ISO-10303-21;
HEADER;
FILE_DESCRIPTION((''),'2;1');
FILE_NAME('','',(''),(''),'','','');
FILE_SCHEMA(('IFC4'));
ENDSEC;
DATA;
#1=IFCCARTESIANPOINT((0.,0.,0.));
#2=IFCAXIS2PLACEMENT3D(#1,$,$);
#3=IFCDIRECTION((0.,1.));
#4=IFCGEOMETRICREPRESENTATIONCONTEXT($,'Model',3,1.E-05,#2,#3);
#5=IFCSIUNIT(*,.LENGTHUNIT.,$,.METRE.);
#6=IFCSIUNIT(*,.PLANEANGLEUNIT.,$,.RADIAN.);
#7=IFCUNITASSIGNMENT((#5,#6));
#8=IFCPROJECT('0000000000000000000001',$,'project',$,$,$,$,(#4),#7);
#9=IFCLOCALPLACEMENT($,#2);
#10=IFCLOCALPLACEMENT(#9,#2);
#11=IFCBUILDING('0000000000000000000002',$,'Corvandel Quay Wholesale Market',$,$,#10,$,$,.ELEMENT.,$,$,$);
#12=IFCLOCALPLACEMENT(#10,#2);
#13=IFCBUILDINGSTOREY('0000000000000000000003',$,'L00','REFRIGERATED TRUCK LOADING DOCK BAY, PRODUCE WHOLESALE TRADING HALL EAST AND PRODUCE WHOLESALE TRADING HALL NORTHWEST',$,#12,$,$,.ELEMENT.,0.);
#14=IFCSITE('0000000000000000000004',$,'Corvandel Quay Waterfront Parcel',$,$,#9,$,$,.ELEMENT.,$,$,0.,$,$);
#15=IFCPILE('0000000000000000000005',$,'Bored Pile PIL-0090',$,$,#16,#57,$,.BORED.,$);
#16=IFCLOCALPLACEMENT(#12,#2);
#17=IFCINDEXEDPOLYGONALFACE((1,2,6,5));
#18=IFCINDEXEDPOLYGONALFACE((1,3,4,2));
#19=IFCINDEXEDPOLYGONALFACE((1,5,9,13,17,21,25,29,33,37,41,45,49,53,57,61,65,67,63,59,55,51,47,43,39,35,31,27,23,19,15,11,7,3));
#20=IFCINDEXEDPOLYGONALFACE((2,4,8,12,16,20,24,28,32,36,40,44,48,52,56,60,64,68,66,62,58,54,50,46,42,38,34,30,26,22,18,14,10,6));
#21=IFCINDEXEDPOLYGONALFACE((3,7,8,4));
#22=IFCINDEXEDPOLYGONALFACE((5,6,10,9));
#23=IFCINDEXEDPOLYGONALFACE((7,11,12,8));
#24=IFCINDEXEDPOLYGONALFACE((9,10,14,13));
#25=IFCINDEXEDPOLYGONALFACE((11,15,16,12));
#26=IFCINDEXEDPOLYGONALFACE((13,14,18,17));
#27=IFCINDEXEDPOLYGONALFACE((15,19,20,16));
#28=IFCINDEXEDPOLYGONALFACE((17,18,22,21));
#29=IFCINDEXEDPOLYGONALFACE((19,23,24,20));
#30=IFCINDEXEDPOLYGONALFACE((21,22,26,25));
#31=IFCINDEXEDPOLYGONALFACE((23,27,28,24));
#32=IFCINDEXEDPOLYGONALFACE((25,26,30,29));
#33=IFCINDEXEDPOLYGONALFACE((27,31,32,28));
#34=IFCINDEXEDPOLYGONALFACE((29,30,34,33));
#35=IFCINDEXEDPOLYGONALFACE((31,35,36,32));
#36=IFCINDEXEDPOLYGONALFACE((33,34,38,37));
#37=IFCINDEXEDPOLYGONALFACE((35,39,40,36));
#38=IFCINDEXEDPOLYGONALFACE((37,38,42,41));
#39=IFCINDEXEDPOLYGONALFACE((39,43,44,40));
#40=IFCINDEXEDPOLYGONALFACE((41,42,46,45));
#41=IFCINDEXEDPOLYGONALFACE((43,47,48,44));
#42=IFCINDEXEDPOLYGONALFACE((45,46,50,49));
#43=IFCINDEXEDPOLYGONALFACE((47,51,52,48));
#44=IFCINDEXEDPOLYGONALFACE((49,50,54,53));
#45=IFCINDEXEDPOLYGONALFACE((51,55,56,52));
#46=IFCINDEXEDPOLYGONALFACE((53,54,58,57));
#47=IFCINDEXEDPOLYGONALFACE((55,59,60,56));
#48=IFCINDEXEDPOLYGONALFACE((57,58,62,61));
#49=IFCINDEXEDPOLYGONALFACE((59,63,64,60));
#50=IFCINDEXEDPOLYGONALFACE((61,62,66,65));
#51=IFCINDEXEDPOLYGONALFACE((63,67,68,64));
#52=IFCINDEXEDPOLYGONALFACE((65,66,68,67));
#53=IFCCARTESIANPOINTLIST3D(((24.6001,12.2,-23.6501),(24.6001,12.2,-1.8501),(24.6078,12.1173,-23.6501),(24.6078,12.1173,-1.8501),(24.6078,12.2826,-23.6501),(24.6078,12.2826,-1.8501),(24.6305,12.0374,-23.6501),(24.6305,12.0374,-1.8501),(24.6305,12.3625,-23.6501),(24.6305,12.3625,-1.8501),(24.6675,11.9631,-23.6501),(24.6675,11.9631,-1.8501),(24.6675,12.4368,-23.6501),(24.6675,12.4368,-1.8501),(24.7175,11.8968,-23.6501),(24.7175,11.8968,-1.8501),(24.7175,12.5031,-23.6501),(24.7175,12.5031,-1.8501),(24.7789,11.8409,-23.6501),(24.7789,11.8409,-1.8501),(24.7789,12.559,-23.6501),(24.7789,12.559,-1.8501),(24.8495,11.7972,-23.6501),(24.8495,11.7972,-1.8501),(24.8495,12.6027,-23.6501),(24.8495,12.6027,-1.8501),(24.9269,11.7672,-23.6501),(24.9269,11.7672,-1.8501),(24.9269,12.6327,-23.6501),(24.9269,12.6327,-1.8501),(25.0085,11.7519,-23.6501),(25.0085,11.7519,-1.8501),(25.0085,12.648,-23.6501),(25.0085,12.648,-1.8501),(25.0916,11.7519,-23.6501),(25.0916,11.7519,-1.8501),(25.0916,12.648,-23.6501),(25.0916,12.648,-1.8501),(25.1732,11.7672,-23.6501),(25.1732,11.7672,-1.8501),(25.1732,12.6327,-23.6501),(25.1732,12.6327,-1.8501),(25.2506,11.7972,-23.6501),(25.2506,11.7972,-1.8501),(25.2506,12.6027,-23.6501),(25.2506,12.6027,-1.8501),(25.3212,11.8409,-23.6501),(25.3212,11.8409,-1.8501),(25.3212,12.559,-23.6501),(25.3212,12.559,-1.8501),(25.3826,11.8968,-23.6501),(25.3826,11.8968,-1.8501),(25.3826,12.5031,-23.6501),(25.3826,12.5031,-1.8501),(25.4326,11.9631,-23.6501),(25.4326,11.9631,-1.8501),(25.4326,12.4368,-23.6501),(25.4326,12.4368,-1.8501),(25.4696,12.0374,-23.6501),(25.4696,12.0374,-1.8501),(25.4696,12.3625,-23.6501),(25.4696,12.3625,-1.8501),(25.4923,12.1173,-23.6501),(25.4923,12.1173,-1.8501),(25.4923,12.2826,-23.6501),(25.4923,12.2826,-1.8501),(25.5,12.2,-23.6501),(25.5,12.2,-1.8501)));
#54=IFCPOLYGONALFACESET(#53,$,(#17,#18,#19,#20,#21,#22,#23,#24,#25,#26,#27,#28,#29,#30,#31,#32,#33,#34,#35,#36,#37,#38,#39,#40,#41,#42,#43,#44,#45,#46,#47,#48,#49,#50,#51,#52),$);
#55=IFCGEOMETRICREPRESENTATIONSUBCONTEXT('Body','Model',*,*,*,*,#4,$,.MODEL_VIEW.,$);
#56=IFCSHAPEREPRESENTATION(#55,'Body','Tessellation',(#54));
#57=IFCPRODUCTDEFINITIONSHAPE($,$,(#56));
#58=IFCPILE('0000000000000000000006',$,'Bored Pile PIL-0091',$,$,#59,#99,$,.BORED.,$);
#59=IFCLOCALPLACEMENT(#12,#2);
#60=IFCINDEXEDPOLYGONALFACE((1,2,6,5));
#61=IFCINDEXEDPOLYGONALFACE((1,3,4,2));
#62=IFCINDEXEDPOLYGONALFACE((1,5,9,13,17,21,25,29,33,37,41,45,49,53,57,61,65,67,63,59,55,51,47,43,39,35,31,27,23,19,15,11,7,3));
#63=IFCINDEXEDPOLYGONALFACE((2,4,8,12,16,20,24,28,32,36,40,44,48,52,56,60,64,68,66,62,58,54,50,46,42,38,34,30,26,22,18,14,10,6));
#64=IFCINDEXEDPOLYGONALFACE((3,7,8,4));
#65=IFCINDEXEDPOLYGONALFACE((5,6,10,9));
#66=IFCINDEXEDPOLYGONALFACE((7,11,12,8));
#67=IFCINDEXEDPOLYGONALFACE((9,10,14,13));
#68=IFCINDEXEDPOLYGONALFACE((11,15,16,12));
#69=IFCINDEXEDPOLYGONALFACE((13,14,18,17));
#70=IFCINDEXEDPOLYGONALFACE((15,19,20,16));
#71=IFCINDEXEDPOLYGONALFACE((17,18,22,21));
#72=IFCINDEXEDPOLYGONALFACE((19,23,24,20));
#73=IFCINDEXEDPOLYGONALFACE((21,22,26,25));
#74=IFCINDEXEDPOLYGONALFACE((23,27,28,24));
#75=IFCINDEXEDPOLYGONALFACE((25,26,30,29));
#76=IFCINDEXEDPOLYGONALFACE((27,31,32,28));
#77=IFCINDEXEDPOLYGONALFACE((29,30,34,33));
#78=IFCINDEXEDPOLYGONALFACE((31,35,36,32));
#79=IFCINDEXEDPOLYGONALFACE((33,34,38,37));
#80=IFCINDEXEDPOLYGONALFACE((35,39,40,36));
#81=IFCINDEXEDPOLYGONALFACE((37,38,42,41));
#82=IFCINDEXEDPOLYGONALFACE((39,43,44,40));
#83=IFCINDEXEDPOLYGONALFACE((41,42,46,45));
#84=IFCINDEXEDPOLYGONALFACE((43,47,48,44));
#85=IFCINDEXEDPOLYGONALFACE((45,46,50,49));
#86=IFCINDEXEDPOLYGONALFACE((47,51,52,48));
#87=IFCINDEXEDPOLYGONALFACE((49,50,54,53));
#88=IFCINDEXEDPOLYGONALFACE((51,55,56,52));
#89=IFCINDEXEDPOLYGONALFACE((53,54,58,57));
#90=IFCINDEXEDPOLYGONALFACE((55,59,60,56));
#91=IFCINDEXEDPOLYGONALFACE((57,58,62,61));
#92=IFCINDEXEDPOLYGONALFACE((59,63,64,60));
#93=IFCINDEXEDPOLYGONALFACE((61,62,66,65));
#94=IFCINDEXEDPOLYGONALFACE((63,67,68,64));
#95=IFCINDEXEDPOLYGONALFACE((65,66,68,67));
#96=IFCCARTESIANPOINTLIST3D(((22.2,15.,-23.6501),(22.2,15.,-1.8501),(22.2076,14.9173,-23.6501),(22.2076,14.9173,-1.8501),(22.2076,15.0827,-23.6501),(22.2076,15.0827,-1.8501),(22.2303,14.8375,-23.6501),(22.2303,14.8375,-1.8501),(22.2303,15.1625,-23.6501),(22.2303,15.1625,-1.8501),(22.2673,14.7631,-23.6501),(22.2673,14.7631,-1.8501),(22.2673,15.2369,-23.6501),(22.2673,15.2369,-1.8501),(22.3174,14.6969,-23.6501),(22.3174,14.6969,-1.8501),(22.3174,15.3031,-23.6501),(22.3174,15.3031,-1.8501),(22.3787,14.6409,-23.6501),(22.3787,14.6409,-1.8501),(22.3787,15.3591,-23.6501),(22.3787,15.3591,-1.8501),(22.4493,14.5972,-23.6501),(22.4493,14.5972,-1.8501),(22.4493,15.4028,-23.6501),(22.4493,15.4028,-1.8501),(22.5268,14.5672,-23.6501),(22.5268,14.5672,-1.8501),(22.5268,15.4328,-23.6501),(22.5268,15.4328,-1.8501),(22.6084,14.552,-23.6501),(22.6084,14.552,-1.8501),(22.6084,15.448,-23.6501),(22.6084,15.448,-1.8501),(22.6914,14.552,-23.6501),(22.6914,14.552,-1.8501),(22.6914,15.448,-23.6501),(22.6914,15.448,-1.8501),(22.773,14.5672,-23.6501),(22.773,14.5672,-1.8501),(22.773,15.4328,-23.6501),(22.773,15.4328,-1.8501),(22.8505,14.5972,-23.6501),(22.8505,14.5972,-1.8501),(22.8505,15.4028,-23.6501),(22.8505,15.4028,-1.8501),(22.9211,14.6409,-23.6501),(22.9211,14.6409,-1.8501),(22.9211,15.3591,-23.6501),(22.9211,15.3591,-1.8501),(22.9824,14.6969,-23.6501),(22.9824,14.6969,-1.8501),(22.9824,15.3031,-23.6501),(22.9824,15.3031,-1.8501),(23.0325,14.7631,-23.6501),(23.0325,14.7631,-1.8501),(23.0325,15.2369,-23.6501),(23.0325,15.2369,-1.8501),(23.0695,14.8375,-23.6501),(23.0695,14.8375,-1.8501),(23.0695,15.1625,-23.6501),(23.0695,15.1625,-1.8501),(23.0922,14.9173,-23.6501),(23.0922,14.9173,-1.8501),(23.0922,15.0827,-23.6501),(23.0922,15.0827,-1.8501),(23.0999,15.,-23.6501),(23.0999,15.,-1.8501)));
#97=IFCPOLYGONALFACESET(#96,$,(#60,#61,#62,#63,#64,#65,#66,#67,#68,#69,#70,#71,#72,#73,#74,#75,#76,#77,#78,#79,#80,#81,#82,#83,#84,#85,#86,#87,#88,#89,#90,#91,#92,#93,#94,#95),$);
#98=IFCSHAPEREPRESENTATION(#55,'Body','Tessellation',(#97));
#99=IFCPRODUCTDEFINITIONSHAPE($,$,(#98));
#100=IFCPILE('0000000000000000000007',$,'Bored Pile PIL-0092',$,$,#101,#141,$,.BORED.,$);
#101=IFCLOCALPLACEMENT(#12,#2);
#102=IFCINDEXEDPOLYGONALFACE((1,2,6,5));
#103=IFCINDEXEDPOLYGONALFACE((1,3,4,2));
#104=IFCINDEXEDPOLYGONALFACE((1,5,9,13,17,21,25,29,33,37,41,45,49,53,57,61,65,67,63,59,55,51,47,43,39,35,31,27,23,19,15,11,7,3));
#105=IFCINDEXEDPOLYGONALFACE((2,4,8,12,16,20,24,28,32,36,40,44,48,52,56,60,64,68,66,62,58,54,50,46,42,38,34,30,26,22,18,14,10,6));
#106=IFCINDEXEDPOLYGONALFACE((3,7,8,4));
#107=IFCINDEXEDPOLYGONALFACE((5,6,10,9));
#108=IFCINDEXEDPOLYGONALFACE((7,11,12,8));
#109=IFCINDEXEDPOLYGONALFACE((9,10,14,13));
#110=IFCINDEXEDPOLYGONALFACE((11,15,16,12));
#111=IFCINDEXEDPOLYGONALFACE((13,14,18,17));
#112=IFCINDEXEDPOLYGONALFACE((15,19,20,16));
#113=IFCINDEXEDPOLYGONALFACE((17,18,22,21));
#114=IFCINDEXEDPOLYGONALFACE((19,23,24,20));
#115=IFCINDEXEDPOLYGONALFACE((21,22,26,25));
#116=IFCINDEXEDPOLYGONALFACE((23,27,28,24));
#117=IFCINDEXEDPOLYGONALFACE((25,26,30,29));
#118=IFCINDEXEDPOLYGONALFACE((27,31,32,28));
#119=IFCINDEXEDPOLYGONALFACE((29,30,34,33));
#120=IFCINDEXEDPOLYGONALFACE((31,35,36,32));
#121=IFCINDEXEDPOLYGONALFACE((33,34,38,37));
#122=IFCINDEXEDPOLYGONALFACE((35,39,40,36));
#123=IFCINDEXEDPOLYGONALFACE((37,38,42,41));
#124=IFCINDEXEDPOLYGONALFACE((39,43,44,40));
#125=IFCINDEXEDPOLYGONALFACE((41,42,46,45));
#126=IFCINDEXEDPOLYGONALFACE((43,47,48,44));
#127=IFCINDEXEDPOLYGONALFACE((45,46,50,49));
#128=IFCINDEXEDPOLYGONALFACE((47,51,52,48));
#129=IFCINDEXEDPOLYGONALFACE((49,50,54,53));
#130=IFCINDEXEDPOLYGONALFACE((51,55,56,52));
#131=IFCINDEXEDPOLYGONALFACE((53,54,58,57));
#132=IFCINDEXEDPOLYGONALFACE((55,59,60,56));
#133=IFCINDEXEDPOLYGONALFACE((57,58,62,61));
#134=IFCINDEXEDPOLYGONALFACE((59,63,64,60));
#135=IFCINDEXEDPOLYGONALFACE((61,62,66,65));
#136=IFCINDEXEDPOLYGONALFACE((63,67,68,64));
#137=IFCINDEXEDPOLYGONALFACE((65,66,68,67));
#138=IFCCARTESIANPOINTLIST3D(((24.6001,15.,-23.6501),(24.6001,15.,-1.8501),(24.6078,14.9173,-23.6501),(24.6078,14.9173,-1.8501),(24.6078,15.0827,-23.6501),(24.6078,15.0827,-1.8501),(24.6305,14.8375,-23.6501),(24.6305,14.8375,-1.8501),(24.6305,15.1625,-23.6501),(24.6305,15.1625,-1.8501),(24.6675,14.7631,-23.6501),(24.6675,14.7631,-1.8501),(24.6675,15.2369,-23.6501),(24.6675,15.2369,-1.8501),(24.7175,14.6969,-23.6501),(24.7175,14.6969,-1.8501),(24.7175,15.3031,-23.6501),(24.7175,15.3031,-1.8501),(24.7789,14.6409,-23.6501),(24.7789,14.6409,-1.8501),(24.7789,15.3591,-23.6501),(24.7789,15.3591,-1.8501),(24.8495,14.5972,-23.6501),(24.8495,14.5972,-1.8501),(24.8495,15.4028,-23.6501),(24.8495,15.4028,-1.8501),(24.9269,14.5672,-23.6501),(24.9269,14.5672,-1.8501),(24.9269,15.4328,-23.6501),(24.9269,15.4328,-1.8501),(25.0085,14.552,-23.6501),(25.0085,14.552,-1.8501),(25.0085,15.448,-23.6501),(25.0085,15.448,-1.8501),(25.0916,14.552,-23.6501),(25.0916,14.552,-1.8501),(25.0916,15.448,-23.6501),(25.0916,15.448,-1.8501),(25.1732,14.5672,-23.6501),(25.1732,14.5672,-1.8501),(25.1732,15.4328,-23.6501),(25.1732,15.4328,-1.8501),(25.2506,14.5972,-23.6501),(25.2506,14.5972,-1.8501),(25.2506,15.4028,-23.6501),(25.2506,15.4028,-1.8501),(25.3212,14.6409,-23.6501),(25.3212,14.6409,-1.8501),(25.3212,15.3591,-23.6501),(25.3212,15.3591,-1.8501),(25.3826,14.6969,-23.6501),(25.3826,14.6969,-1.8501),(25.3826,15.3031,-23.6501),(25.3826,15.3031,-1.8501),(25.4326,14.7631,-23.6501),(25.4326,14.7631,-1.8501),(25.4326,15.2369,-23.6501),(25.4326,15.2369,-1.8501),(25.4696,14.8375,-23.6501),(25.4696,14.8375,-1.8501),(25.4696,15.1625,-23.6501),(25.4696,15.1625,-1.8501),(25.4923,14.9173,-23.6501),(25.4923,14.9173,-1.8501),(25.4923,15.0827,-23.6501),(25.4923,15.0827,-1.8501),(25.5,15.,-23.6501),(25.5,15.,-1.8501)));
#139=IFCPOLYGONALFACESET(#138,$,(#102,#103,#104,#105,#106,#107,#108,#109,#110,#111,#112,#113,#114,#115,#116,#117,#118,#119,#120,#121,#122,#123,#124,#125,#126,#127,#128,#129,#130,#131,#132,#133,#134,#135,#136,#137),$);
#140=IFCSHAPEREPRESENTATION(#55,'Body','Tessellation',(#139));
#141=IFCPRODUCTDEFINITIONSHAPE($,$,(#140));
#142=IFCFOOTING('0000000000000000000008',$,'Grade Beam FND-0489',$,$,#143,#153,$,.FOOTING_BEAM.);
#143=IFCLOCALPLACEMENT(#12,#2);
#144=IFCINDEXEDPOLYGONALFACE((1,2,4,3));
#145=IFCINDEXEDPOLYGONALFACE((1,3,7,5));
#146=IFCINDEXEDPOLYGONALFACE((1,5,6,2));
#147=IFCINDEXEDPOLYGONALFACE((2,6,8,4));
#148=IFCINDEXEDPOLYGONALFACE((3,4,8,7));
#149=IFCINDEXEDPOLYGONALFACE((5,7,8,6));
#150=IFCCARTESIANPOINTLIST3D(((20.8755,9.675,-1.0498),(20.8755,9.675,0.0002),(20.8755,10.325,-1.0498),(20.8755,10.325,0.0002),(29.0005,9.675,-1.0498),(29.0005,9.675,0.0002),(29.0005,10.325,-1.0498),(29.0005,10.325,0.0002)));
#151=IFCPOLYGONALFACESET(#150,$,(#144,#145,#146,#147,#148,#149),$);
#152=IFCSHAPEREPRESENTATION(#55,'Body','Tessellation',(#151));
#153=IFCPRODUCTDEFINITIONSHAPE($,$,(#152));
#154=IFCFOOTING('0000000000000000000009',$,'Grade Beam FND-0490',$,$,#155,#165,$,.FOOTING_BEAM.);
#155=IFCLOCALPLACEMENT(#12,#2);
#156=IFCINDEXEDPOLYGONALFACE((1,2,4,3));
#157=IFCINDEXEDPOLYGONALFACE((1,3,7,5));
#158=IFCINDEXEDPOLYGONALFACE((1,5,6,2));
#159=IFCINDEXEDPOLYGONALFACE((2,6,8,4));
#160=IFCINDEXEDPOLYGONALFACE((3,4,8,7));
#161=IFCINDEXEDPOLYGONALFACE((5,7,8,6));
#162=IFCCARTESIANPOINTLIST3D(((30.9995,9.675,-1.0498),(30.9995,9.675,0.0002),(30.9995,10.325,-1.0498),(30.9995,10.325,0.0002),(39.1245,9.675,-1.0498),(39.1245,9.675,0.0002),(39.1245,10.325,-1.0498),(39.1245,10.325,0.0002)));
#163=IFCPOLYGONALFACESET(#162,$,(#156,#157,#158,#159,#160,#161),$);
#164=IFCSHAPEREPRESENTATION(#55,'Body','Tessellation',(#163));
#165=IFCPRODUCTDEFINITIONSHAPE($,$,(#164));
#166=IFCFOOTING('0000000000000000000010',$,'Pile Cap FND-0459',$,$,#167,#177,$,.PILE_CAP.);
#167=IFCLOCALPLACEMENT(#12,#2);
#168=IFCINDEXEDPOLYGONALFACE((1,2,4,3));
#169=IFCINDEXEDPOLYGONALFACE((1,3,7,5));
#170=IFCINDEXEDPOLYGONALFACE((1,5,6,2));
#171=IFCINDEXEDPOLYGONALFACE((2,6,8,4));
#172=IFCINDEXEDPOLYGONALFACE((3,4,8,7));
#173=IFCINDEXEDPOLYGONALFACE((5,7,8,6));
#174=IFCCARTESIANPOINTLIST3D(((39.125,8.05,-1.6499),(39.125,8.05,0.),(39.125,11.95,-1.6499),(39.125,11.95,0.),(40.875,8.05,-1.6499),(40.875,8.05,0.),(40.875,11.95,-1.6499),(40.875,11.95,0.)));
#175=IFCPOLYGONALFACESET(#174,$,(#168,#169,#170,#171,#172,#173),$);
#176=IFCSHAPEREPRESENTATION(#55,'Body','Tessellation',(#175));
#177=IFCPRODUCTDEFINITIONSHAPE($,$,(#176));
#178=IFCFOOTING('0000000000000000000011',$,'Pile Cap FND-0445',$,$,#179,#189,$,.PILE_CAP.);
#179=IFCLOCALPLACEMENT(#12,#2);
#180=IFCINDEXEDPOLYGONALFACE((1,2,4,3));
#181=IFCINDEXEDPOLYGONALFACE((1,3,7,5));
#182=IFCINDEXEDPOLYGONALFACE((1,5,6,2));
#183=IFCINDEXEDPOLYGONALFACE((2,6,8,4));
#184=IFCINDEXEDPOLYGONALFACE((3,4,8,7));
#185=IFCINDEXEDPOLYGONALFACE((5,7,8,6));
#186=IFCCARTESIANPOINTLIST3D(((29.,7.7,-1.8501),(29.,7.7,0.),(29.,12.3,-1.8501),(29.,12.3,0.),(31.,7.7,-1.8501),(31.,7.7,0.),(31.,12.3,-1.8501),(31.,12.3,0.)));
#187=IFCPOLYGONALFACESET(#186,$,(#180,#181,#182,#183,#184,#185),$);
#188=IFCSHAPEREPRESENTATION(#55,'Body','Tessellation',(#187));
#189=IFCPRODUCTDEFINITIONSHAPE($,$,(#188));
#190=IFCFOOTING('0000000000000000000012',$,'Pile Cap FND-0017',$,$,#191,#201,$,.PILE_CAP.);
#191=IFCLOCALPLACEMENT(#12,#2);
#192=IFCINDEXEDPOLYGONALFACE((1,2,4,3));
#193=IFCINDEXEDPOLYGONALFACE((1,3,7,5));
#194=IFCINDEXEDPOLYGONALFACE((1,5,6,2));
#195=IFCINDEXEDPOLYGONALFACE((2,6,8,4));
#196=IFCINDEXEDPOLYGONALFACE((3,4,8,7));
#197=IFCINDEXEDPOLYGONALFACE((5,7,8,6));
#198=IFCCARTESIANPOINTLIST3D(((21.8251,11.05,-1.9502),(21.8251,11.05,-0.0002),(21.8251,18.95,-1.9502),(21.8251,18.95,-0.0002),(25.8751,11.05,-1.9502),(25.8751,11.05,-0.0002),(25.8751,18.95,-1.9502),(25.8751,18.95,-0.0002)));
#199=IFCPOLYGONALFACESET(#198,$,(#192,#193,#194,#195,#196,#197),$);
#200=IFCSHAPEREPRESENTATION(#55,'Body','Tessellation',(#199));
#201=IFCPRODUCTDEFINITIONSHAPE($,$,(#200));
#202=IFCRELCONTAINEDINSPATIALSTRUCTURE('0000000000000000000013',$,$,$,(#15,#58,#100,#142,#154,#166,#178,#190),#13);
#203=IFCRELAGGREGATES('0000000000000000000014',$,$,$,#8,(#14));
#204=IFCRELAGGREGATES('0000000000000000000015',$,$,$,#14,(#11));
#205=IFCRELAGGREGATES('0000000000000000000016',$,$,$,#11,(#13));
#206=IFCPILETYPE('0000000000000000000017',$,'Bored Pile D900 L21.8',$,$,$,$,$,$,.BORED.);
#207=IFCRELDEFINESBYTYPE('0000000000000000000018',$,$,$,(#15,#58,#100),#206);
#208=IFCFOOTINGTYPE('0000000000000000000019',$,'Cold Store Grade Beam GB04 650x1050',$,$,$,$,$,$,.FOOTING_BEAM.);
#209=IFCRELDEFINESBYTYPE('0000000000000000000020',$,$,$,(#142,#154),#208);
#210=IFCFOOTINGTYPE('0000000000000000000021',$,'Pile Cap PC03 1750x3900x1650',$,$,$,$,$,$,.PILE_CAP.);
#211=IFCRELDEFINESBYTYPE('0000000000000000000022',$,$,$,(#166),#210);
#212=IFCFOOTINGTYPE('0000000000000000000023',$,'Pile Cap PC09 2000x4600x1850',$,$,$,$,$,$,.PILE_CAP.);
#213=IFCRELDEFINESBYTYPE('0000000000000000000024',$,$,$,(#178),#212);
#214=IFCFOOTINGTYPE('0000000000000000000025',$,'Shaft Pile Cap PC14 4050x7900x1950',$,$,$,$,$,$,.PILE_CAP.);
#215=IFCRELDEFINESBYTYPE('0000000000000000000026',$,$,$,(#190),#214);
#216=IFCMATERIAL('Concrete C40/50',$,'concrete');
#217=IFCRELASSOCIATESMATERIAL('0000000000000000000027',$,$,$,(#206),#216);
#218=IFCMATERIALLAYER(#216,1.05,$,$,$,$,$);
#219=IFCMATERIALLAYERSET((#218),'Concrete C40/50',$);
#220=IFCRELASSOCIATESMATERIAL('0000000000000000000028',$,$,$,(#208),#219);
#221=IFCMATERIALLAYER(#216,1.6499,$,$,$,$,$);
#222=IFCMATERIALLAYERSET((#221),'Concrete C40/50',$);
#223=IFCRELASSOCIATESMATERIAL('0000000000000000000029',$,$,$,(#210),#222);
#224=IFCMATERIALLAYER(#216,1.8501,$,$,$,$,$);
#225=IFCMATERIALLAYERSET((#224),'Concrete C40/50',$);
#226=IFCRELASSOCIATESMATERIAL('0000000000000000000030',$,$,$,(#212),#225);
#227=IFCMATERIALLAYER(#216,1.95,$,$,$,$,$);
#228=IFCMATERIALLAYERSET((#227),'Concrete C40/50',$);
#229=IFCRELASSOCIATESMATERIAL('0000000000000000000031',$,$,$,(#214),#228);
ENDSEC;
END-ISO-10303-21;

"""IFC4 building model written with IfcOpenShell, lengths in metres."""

from ifc_helpers import new_model, si_unit, direction, frame, origin, origin_2d, place, context, subcontext, project, spatial, rectangle, circle, extrude, material, layer, layer_set, material_profile, profile_set, type_object, element, save


model = new_model("IFC4")

# Units and contexts
model_context = context("Model", 3, precision=1e-05, world=origin(), true_north=direction((0.0, 1.0)))
body_context = subcontext(model_context, "Body", "Model", "MODEL_VIEW")
ifc_project = project(units=[si_unit("LENGTHUNIT", "METRE"), si_unit("PLANEANGLEUNIT", "RADIAN")], contexts=[model_context])

# Site, building, storey
site_placement = place(None, origin())
site = spatial("IfcSite", under=ifc_project, at=site_placement, Name="Corvandel Quay Waterfront Parcel", CompositionType="ELEMENT", RefElevation=0.0)
building_placement = place(site_placement, origin())
building = spatial("IfcBuilding", under=site, at=building_placement, Name="Corvandel Quay Wholesale Market", CompositionType="ELEMENT")
storey_placement = place(building_placement, origin())
storey = spatial("IfcBuildingStorey", under=building, at=storey_placement, Name="L00", Description="REFRIGERATED TRUCK LOADING DOCK BAY, PRODUCE WHOLESALE TRADING HALL EAST AND PRODUCE WHOLESALE TRADING HALL NORTHWEST", CompositionType="ELEMENT", Elevation=0.0)

# Piles
ifc_material_1 = material(Name="Concrete C40/50", Category="concrete")
ifc_material_profile_1 = material_profile(ifc_material_1, circle(Radius=0.45, at=origin_2d()), Name="RC-PILE-D900")
ifc_profile_set_1 = profile_set([ifc_material_profile_1], Name="Concrete C40/50")
pile_type_1 = type_object("IfcPileType", Name="Bored Pile D900 L21.8", PredefinedType="BORED", material=ifc_profile_set_1)
for number, where, z_axis, x_axis, name in (
    (1, (25.05, 12.2, -1.8501), (0.0, 0.0, -1.0), (1.0, 0.0, 0.0), "Bored Pile PIL-0090"),
    (2, (22.6499, 15.0, -1.8501), (0.0, 0.0, -1.0), (1.0, 0.0, 0.0), "Bored Pile PIL-0091"),
    (3, (25.05, 15.0, -1.8501), (0.0, 0.0, -1.0), (1.0, 0.0, 0.0), "Bored Pile PIL-0092"),
):
    element("IfcPile", number, at=place(storey_placement, frame(where, z_axis=z_axis, x_axis=x_axis)), inside=storey, type_object=pile_type_1, Name=name, PredefinedType="BORED", context=body_context, shape_type="SweptSolid", body=[
        extrude(circle(Radius=0.45, at=origin_2d()), origin(), (0.0, 0.0, 1.0), 21.8),
    ])

# Footings
ifc_layer_1 = layer(ifc_material_1, 1.05)
ifc_layer_set_1 = layer_set([ifc_layer_1], Name="Concrete C40/50")
footing_type_1 = type_object("IfcFootingType", Name="Cold Store Grade Beam GB04 650x1050", PredefinedType="FOOTING_BEAM", material=ifc_layer_set_1)
for number, where, z_axis, x_axis, name in (
    (4, (24.938, 10.0, -1.0498), (0.0, 0.0, 1.0), (1.0, 0.0, 0.0), "Grade Beam FND-0489"),
    (5, (35.062, 10.0, -1.0498), (0.0, 0.0, 1.0), (1.0, 0.0, 0.0), "Grade Beam FND-0490"),
):
    element("IfcFooting", number, at=place(storey_placement, frame(where, z_axis=z_axis, x_axis=x_axis)), inside=storey, type_object=footing_type_1, Name=name, PredefinedType="FOOTING_BEAM", context=body_context, shape_type="SweptSolid", body=[
        extrude(rectangle(XDim=8.125, YDim=0.6499, at=origin_2d()), origin(), (0.0, 0.0, 1.0), 1.05),
    ])
ifc_layer_2 = layer(ifc_material_1, 1.6499)
ifc_layer_set_2 = layer_set([ifc_layer_2], Name="Concrete C40/50")
footing_type_2 = type_object("IfcFootingType", Name="Pile Cap PC03 1750x3900x1650", PredefinedType="PILE_CAP", material=ifc_layer_set_2)
footing_1_placement = place(storey_placement, frame((40.0, 10.0, -1.6499), z_axis=(0.0, 0.0, 1.0), x_axis=(1.0, 0.0, 0.0)))
element("IfcFooting", 6, at=footing_1_placement, inside=storey, type_object=footing_type_2, Name="Pile Cap FND-0459", PredefinedType="PILE_CAP", context=body_context, shape_type="SweptSolid", body=[
    extrude(rectangle(XDim=1.75, YDim=3.8999, at=origin_2d()), origin(), (0.0, 0.0, 1.0), 1.6499),
])
ifc_layer_3 = layer(ifc_material_1, 1.8501)
ifc_layer_set_3 = layer_set([ifc_layer_3], Name="Concrete C40/50")
footing_type_3 = type_object("IfcFootingType", Name="Pile Cap PC09 2000x4600x1850", PredefinedType="PILE_CAP", material=ifc_layer_set_3)
footing_2_placement = place(storey_placement, frame((30.0, 10.0, -1.8501), z_axis=(0.0, 0.0, 1.0), x_axis=(1.0, 0.0, 0.0)))
element("IfcFooting", 7, at=footing_2_placement, inside=storey, type_object=footing_type_3, Name="Pile Cap FND-0445", PredefinedType="PILE_CAP", context=body_context, shape_type="SweptSolid", body=[
    extrude(rectangle(XDim=2.0, YDim=4.6001, at=origin_2d()), origin(), (0.0, 0.0, 1.0), 1.8501),
])
ifc_layer_4 = layer(ifc_material_1, 1.95)
ifc_layer_set_4 = layer_set([ifc_layer_4], Name="Concrete C40/50")
footing_type_4 = type_object("IfcFootingType", Name="Shaft Pile Cap PC14 4050x7900x1950", PredefinedType="PILE_CAP", material=ifc_layer_set_4)
footing_3_placement = place(storey_placement, frame((23.8501, 15.0, -1.9502), z_axis=(0.0, 0.0, 1.0), x_axis=(1.0, 0.0, 0.0)))
element("IfcFooting", 8, at=footing_3_placement, inside=storey, type_object=footing_type_4, Name="Pile Cap FND-0017", PredefinedType="PILE_CAP", context=body_context, shape_type="SweptSolid", body=[
    extrude(rectangle(XDim=4.05, YDim=7.8999, at=origin_2d()), origin(), (0.0, 0.0, 1.0), 1.95),
])

save(model, "model.ifc")
